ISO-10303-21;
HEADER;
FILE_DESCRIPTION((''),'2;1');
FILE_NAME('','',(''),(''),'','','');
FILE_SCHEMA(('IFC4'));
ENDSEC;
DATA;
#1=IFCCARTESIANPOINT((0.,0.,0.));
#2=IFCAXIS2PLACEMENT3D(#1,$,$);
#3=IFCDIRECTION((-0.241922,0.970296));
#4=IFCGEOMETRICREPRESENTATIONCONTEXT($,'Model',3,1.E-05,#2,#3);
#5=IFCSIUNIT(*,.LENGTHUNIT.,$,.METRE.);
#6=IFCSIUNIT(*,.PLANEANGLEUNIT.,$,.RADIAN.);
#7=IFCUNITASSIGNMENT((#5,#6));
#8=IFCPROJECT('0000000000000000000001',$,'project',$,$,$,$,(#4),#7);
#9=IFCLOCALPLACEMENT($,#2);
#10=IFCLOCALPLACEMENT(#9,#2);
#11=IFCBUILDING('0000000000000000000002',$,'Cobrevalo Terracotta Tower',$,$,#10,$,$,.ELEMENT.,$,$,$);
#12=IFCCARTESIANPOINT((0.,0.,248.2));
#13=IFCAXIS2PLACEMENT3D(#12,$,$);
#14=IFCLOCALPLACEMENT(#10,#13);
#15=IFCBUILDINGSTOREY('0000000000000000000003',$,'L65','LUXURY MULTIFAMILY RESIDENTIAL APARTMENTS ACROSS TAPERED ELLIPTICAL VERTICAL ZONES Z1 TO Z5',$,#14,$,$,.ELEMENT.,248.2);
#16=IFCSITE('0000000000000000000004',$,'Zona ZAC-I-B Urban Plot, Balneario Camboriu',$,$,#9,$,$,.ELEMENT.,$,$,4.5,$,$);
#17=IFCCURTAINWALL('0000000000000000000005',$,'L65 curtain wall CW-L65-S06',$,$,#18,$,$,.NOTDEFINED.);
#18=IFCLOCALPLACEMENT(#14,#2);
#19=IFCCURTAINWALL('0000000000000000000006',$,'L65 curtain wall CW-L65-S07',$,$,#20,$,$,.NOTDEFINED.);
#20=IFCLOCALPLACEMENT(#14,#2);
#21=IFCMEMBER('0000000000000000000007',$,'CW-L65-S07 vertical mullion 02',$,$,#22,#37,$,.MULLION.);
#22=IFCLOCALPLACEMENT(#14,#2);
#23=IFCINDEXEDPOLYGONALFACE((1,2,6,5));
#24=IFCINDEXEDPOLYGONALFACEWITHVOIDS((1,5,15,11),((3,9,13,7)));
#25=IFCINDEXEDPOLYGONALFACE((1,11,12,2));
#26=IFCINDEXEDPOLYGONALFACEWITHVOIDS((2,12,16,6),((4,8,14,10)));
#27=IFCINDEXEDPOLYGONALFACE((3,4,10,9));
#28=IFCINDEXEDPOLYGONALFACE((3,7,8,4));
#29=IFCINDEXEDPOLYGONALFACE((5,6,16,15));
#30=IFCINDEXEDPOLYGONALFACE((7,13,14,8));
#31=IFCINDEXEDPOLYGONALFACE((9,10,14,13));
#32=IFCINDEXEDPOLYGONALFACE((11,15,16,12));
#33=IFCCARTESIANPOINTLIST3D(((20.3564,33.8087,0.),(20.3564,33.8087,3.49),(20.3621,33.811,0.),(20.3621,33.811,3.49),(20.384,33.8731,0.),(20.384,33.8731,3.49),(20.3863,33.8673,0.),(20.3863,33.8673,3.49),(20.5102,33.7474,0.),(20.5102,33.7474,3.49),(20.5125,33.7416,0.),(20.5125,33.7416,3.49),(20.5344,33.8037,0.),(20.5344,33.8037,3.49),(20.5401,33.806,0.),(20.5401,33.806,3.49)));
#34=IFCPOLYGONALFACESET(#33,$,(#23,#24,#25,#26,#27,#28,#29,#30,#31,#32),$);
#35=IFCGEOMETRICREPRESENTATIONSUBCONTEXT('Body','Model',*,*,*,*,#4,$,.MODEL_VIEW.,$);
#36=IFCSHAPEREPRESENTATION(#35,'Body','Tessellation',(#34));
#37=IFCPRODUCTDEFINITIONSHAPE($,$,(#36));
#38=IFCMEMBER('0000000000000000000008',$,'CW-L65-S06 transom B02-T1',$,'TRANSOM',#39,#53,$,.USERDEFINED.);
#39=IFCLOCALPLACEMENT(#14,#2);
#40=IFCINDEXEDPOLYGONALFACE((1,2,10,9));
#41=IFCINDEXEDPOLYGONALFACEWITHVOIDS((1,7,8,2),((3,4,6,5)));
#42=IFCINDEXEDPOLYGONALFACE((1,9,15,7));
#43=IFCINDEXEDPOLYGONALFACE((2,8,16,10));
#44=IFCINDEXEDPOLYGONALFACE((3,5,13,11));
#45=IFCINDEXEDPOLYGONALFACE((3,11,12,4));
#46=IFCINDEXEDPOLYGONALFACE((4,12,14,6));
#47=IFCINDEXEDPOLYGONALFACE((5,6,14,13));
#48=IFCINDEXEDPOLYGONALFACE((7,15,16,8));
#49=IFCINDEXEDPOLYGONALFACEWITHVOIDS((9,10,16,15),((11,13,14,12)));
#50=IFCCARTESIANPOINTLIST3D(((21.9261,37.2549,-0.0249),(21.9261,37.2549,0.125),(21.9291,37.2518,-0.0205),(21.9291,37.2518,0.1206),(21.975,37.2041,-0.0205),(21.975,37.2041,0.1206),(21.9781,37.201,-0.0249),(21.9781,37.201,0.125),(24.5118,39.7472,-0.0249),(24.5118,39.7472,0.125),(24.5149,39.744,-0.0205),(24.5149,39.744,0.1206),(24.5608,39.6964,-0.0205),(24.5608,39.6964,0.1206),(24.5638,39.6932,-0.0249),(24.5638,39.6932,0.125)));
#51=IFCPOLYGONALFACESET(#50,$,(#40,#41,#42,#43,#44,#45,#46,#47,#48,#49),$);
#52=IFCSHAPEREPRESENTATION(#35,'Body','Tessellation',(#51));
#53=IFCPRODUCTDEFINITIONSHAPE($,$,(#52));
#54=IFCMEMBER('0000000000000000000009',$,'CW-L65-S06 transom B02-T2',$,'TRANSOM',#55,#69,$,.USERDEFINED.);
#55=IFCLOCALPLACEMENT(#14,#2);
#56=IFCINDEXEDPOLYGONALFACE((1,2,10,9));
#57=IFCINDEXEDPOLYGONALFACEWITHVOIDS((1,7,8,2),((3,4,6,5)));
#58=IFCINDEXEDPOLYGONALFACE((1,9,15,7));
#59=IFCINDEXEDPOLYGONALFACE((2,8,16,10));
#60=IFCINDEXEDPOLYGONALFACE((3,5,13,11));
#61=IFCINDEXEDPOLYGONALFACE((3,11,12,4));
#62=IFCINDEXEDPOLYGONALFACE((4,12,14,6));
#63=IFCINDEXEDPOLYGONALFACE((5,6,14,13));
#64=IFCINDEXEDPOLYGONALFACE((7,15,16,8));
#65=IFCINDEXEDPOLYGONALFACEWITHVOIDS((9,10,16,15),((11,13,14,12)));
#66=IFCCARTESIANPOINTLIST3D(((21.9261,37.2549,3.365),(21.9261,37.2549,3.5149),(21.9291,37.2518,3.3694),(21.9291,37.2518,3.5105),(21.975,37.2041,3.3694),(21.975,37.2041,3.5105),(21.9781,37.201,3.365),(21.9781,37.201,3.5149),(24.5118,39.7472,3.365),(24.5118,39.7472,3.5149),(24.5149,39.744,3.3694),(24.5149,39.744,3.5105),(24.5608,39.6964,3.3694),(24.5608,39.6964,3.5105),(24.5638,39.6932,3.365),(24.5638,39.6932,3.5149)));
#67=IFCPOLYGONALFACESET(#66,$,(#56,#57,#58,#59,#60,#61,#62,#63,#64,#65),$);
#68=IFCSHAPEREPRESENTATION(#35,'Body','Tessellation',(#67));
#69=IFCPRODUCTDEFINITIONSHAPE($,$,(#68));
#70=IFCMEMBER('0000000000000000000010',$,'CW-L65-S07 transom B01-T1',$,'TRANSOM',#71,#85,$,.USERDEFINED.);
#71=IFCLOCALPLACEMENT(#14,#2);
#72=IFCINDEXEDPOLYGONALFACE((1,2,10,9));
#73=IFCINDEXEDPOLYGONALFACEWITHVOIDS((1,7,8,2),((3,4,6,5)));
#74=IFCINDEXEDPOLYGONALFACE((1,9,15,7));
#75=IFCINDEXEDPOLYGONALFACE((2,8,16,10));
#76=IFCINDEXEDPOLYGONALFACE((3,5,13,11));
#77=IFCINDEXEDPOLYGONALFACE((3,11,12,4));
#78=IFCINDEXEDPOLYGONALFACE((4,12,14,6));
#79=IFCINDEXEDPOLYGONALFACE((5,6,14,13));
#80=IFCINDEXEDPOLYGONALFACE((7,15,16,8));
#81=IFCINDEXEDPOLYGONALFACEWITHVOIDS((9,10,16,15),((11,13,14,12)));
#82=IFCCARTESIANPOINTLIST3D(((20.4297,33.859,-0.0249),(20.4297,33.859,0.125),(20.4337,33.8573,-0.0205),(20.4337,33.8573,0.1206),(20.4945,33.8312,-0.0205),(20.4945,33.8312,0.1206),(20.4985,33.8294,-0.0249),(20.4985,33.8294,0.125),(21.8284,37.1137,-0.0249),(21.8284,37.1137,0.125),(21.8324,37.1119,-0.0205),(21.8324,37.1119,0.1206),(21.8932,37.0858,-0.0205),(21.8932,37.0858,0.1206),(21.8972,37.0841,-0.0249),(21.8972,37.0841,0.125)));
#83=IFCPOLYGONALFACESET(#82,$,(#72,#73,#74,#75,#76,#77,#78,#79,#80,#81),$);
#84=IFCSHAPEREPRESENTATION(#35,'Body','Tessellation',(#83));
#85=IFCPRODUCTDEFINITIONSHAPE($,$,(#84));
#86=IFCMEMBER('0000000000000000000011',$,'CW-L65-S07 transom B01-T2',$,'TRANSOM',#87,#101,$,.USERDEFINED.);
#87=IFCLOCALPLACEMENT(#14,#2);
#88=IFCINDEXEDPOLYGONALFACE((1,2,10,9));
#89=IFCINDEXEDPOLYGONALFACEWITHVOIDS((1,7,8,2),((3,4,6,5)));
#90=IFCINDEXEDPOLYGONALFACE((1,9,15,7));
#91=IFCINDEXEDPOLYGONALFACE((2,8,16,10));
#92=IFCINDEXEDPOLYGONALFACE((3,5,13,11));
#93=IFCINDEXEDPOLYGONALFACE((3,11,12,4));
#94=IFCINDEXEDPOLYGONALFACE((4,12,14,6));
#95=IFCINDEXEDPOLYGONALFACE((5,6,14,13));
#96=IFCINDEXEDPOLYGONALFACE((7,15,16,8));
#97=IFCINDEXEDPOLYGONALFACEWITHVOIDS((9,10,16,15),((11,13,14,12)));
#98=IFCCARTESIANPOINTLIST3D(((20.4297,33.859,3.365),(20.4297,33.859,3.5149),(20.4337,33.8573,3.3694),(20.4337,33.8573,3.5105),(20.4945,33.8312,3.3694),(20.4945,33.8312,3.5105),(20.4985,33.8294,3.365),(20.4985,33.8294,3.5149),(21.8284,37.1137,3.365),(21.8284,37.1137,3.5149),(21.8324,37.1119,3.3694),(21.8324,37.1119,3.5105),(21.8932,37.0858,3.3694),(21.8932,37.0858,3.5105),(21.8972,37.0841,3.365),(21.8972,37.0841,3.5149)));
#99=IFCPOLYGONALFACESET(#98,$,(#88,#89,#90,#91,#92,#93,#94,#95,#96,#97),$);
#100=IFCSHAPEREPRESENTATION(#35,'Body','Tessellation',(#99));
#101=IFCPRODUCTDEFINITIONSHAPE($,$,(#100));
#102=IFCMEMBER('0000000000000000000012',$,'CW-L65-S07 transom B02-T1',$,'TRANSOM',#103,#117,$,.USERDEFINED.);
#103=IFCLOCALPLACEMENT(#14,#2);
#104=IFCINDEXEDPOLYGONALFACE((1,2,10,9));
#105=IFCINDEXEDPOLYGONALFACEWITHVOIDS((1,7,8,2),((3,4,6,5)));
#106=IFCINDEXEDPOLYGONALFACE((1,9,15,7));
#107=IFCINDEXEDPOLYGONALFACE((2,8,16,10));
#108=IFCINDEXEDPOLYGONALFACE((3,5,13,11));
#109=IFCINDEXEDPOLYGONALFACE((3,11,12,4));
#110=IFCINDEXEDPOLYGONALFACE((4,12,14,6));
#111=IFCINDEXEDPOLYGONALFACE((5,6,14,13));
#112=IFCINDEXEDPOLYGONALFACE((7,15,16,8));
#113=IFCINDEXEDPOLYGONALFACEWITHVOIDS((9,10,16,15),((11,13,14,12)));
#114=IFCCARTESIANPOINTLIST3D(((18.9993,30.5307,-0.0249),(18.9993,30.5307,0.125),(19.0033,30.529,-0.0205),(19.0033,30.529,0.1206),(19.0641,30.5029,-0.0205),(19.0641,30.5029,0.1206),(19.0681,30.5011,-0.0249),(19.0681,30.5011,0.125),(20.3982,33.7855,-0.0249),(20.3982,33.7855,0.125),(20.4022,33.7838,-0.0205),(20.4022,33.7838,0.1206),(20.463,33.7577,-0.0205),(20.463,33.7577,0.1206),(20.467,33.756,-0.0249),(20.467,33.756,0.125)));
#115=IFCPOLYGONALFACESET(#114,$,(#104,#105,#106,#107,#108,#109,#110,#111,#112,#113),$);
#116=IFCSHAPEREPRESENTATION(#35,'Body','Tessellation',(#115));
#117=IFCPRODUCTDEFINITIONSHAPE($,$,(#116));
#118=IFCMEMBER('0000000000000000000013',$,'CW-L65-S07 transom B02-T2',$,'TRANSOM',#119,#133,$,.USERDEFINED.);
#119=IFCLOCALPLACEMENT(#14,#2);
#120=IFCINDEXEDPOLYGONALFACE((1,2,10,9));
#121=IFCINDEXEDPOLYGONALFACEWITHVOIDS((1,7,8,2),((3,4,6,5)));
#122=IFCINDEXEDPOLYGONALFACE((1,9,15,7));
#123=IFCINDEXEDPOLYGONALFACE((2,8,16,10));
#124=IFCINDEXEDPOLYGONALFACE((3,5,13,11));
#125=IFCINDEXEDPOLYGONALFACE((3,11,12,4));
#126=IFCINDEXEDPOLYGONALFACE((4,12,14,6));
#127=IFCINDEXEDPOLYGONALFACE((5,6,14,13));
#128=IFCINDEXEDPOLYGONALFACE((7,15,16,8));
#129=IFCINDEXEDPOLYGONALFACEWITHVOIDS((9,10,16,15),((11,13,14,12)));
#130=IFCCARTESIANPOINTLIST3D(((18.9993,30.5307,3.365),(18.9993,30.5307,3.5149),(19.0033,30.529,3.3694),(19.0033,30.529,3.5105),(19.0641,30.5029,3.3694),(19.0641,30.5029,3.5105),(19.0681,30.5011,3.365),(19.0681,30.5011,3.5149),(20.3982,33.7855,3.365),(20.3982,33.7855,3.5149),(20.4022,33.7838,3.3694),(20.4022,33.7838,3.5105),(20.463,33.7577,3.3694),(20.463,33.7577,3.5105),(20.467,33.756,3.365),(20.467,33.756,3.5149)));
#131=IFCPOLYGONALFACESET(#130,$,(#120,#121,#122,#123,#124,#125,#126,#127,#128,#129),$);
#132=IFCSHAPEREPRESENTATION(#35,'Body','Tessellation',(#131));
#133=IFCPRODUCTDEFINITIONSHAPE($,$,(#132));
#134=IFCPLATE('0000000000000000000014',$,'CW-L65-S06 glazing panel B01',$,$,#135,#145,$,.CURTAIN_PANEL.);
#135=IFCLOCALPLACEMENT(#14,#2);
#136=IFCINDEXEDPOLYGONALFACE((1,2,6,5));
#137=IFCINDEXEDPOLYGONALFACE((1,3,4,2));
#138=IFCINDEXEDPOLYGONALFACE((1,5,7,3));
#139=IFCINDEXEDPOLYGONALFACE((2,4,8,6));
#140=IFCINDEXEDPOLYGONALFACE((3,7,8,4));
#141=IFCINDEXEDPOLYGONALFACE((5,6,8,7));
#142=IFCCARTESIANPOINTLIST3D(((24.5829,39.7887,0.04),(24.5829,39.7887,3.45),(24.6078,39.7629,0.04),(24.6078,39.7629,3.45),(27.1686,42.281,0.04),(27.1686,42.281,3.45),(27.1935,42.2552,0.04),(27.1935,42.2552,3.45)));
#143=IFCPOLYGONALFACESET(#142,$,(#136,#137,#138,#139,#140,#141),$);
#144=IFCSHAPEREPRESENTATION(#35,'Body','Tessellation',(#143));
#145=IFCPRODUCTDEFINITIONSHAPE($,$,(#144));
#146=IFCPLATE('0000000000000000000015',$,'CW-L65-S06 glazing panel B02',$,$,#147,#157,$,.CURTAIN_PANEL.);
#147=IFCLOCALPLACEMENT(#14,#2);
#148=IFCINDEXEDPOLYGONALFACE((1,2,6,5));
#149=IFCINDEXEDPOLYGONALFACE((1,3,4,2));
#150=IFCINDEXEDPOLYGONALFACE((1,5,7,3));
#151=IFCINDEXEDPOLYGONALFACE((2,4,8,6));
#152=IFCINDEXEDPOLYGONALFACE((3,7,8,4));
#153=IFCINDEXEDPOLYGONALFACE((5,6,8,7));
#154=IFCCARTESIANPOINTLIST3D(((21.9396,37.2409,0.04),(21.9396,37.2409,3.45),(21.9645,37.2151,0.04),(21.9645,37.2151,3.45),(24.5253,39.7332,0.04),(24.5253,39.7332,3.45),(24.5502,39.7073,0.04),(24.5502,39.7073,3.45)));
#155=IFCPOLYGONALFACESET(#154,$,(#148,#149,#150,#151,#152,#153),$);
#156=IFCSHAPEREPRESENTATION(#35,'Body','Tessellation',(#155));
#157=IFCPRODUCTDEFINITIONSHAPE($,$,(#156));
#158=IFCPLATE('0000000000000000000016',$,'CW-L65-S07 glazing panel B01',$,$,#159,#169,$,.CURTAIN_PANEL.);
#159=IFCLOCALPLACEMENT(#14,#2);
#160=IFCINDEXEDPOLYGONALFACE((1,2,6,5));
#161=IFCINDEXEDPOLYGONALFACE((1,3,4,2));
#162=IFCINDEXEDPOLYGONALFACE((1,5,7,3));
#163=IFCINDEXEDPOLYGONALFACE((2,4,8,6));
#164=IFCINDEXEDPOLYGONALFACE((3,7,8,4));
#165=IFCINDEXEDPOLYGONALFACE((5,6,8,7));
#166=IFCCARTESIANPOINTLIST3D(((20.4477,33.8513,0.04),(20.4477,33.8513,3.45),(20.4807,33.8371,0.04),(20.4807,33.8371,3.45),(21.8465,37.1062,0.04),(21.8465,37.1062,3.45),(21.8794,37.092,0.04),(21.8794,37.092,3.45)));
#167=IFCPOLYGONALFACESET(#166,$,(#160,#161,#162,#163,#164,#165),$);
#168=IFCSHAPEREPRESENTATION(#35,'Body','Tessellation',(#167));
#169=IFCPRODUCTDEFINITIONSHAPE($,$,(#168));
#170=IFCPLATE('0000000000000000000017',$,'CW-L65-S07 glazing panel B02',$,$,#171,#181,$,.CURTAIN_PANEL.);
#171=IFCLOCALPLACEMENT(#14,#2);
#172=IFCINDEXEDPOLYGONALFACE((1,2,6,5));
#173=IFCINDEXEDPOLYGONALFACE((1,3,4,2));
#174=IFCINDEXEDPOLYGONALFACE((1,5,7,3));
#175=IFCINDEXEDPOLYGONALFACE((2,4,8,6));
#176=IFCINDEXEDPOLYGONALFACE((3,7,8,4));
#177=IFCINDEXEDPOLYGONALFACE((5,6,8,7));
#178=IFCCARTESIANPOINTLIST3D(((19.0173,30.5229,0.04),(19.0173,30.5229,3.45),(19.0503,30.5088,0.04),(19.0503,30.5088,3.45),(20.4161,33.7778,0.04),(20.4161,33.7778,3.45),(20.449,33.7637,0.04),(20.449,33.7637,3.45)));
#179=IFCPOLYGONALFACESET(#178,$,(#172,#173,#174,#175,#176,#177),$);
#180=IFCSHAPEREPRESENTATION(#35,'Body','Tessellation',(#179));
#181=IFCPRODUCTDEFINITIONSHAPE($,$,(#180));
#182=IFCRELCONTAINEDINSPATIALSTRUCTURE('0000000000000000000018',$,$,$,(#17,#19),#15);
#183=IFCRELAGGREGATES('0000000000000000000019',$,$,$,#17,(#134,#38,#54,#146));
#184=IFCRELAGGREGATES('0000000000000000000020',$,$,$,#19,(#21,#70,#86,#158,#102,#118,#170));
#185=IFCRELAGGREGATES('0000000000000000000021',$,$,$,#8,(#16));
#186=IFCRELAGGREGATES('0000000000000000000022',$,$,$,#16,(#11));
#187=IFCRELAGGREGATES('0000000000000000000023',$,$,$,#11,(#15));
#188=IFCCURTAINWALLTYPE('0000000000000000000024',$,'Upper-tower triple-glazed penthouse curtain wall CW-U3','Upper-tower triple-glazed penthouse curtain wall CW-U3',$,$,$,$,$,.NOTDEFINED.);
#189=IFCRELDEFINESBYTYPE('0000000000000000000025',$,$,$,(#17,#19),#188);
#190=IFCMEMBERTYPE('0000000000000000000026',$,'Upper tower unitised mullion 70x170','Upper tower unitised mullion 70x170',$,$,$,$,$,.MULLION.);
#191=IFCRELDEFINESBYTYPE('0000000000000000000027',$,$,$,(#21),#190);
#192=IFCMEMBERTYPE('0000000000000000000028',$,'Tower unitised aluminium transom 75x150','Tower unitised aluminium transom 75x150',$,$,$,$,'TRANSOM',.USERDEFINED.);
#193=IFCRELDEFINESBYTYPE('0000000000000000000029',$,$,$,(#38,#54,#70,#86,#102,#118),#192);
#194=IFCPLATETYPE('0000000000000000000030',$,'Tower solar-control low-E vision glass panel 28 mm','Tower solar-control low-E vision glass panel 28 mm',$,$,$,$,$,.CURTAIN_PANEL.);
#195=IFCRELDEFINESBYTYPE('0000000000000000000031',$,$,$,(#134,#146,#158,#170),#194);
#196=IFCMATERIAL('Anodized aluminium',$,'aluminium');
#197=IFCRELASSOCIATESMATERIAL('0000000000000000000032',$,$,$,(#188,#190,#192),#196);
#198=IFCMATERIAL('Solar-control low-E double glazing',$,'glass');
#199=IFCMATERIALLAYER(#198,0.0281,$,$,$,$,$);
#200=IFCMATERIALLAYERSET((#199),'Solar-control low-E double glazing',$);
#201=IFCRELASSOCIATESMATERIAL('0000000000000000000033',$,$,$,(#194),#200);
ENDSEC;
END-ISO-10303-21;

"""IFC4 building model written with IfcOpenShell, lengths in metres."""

from ifc_helpers import new_model, si_unit, direction, frame, origin, origin_2d, place, context, subcontext, project, spatial, rectangle, hollow_rectangle, extrude, source, transform, mapped, material, layer, layer_set, material_profile, profile_set, type_object, element, aggregate, save


model = new_model("IFC4")

# Units and contexts
model_context = context("Model", 3, precision=1e-05, world=origin(), true_north=direction((-0.241922, 0.970296)))
body_context = subcontext(model_context, "Body", "Model", "MODEL_VIEW")
ifc_project = project(units=[si_unit("LENGTHUNIT", "METRE"), si_unit("PLANEANGLEUNIT", "RADIAN")], contexts=[model_context])

# Site, building, storey
site_placement = place(None, origin())
site = spatial("IfcSite", under=ifc_project, at=site_placement, Name="Zona ZAC-I-B Urban Plot, Balneario Camboriu", CompositionType="ELEMENT", RefElevation=4.5)
building_placement = place(site_placement, origin())
building = spatial("IfcBuilding", under=site, at=building_placement, Name="Cobrevalo Terracotta Tower", CompositionType="ELEMENT")
storey_placement = place(building_placement, frame((0.0, 0.0, 248.2)))
storey = spatial("IfcBuildingStorey", under=building, at=storey_placement, Name="L65", Description="LUXURY MULTIFAMILY RESIDENTIAL APARTMENTS ACROSS TAPERED ELLIPTICAL VERTICAL ZONES Z1 TO Z5", CompositionType="ELEMENT", Elevation=248.2)

# Curtain walls, member
ifc_material_1 = material(Name="Anodized aluminium", Category="aluminium")
curtain_wall_type = type_object("IfcCurtainWallType", Name="Upper-tower triple-glazed penthouse curtain wall CW-U3", Description="Upper-tower triple-glazed penthouse curtain wall CW-U3", PredefinedType="NOTDEFINED", material=ifc_material_1)
curtain_wall_1_placement = place(storey_placement, origin())
curtain_wall_1 = element("IfcCurtainWall", 1, at=curtain_wall_1_placement, inside=storey, type_object=curtain_wall_type, Name="L65 curtain wall CW-L65-S06", PredefinedType="NOTDEFINED")
ifc_material_profile_1 = material_profile(ifc_material_1, hollow_rectangle(XDim=0.0701, YDim=0.1699, WallThickness=0.0044, at=origin_2d()), Name="CWM 70x170")
ifc_profile_set_1 = profile_set([ifc_material_profile_1], Name="Anodized aluminium")
member_type_1 = type_object("IfcMemberType", Name="Upper tower unitised mullion 70x170", Description="Upper tower unitised mullion 70x170", PredefinedType="MULLION", material=ifc_profile_set_1)
shared_shape_1 = source(origin(), body_context, "Body", "SweptSolid", [
    extrude(hollow_rectangle(XDim=0.0701, YDim=0.1699, WallThickness=0.0044, at=origin_2d()), origin(), (0.0, 0.0, 1.0), 3.49),
])
curtain_wall_2_placement = place(storey_placement, origin())
curtain_wall_2 = element("IfcCurtainWall", 2, at=curtain_wall_2_placement, inside=storey, type_object=curtain_wall_type, Name="L65 curtain wall CW-L65-S07", PredefinedType="NOTDEFINED")
member_1_placement = place(storey_placement, frame((20.4482, 33.8074, 0.0), z_axis=(0.0, 0.0, 1.0), x_axis=(-0.394824, -0.918757, 0.0)))
member_1 = element("IfcMember", 3, at=member_1_placement, type_object=member_type_1, Name="CW-L65-S07 vertical mullion 02", PredefinedType="MULLION", context=body_context, shape_type="MappedRepresentation", body=[
    mapped(shared_shape_1, transform((0.0, 0.0, 0.0), scale=1.0)),
])

# Members
ifc_material_profile_2 = material_profile(ifc_material_1, hollow_rectangle(XDim=0.075, YDim=0.1499, WallThickness=0.0044, at=origin_2d()), Name="CWT 75x150")
ifc_profile_set_2 = profile_set([ifc_material_profile_2], Name="Anodized aluminium")
member_type_2 = type_object("IfcMemberType", Name="Tower unitised aluminium transom 75x150", Description="Tower unitised aluminium transom 75x150", ElementType="TRANSOM", PredefinedType="USERDEFINED", material=ifc_profile_set_2)
shared_shape_2 = source(origin(), body_context, "Body", "SweptSolid", [
    extrude(hollow_rectangle(XDim=0.075, YDim=0.1499, WallThickness=0.0044, at=origin_2d()), origin(), (0.0, 0.0, 1.0), 3.5913),
])
member_2_placement = place(storey_placement, frame((24.5378, 39.7202, 0.05), z_axis=(-0.720006, -0.693968, 0.0), x_axis=(0.693968, -0.720006, 0.0)))
member_2 = element("IfcMember", 4, at=member_2_placement, type_object=member_type_2, Name="CW-L65-S06 transom B02-T1", ObjectType="TRANSOM", PredefinedType="USERDEFINED", context=body_context, shape_type="MappedRepresentation", body=[
    mapped(shared_shape_2, transform((0.0, 0.0, 0.0), scale=1.0)),
])
member_3_placement = place(storey_placement, frame((24.5378, 39.7202, 3.4399), z_axis=(-0.720006, -0.693968, 0.0), x_axis=(0.693968, -0.720006, 0.0)))
member_3 = element("IfcMember", 5, at=member_3_placement, type_object=member_type_2, Name="CW-L65-S06 transom B02-T2", ObjectType="TRANSOM", PredefinedType="USERDEFINED", context=body_context, shape_type="MappedRepresentation", body=[
    mapped(shared_shape_2, transform((0.0, 0.0, 0.0), scale=1.0)),
])
shared_shape_3 = source(origin(), body_context, "Body", "SweptSolid", [
    extrude(hollow_rectangle(XDim=0.075, YDim=0.1499, WallThickness=0.0044, at=origin_2d()), origin(), (0.0, 0.0, 1.0), 3.5425),
])
member_4_placement = place(storey_placement, frame((21.8628, 37.0989, 0.05), z_axis=(-0.394834, -0.918752, 0.0), x_axis=(0.918752, -0.394834, 0.0)))
member_4 = element("IfcMember", 6, at=member_4_placement, type_object=member_type_2, Name="CW-L65-S07 transom B01-T1", ObjectType="TRANSOM", PredefinedType="USERDEFINED", context=body_context, shape_type="MappedRepresentation", body=[
    mapped(shared_shape_3, transform((0.0, 0.0, 0.0), scale=1.0)),
])
member_5_placement = place(storey_placement, frame((21.8628, 37.0989, 3.4399), z_axis=(-0.394834, -0.918752, 0.0), x_axis=(0.918752, -0.394834, 0.0)))
member_5 = element("IfcMember", 7, at=member_5_placement, type_object=member_type_2, Name="CW-L65-S07 transom B01-T2", ObjectType="TRANSOM", PredefinedType="USERDEFINED", context=body_context, shape_type="MappedRepresentation", body=[
    mapped(shared_shape_3, transform((0.0, 0.0, 0.0), scale=1.0)),
])
shared_shape_4 = source(origin(), body_context, "Body", "SweptSolid", [
    extrude(hollow_rectangle(XDim=0.075, YDim=0.1499, WallThickness=0.0044, at=origin_2d()), origin(), (0.0, 0.0, 1.0), 3.5427),
])
member_6_placement = place(storey_placement, frame((20.4326, 33.7708, 0.05), z_axis=(-0.394867, -0.918738, 0.0), x_axis=(0.918738, -0.394867, 0.0)))
member_6 = element("IfcMember", 8, at=member_6_placement, type_object=member_type_2, Name="CW-L65-S07 transom B02-T1", ObjectType="TRANSOM", PredefinedType="USERDEFINED", context=body_context, shape_type="MappedRepresentation", body=[
    mapped(shared_shape_4, transform((0.0, 0.0, 0.0), scale=1.0)),
])
member_7_placement = place(storey_placement, frame((20.4326, 33.7708, 3.4399), z_axis=(-0.394867, -0.918738, 0.0), x_axis=(0.918738, -0.394867, 0.0)))
member_7 = element("IfcMember", 9, at=member_7_placement, type_object=member_type_2, Name="CW-L65-S07 transom B02-T2", ObjectType="TRANSOM", PredefinedType="USERDEFINED", context=body_context, shape_type="MappedRepresentation", body=[
    mapped(shared_shape_4, transform((0.0, 0.0, 0.0), scale=1.0)),
])

# Plates
ifc_material_2 = material(Name="Solar-control low-E double glazing", Category="glass")
ifc_layer_1 = layer(ifc_material_2, 0.0281)
ifc_layer_set_1 = layer_set([ifc_layer_1], Name="Solar-control low-E double glazing")
plate_type = type_object("IfcPlateType", Name="Tower solar-control low-E vision glass panel 28 mm", Description="Tower solar-control low-E vision glass panel 28 mm", PredefinedType="CURTAIN_PANEL", material=ifc_layer_set_1)
shared_shape_5 = source(origin(), body_context, "Body", "SweptSolid", [
    extrude(rectangle(XDim=3.5913, YDim=0.0359, at=origin_2d()), origin(), (0.0, 0.0, 1.0), 3.4099),
])
plate_1_placement = place(storey_placement, frame((25.8882, 41.022, 0.04), z_axis=(0.0, 0.0, 1.0), x_axis=(-0.719997, -0.693978, 0.0)))
plate_1 = element("IfcPlate", 10, at=plate_1_placement, type_object=plate_type, Name="CW-L65-S06 glazing panel B01", PredefinedType="CURTAIN_PANEL", context=body_context, shape_type="MappedRepresentation", body=[
    mapped(shared_shape_5, transform((0.0, 0.0, 0.0), scale=1.0)),
])
plate_2_placement = place(storey_placement, frame((23.2449, 38.4741, 0.04), z_axis=(0.0, 0.0, 1.0), x_axis=(-0.719997, -0.693978, 0.0)))
plate_2 = element("IfcPlate", 11, at=plate_2_placement, type_object=plate_type, Name="CW-L65-S06 glazing panel B02", PredefinedType="CURTAIN_PANEL", context=body_context, shape_type="MappedRepresentation", body=[
    mapped(shared_shape_5, transform((0.0, 0.0, 0.0), scale=1.0)),
])
aggregate(curtain_wall_1, [plate_1, member_2, member_3, plate_2])
shared_shape_6 = source(origin(), body_context, "Body", "SweptSolid", [
    extrude(rectangle(XDim=3.5427, YDim=0.0359, at=origin_2d()), origin(), (0.0, 0.0, 1.0), 3.4099),
])
plate_3_placement = place(storey_placement, frame((21.1636, 35.4717, 0.04), z_axis=(0.0, 0.0, 1.0), x_axis=(-0.394829, -0.918755, 0.0)))
plate_3 = element("IfcPlate", 12, at=plate_3_placement, type_object=plate_type, Name="CW-L65-S07 glazing panel B01", PredefinedType="CURTAIN_PANEL", context=body_context, shape_type="MappedRepresentation", body=[
    mapped(shared_shape_6, transform((0.0, 0.0, 0.0), scale=1.0)),
])
plate_4_placement = place(storey_placement, frame((19.7332, 32.1433, 0.04), z_axis=(0.0, 0.0, 1.0), x_axis=(-0.394829, -0.918755, 0.0)))
plate_4 = element("IfcPlate", 13, at=plate_4_placement, type_object=plate_type, Name="CW-L65-S07 glazing panel B02", PredefinedType="CURTAIN_PANEL", context=body_context, shape_type="MappedRepresentation", body=[
    mapped(shared_shape_6, transform((0.0, 0.0, 0.0), scale=1.0)),
])
aggregate(curtain_wall_2, [member_1, member_4, member_5, plate_3, member_6, member_7, plate_4])

save(model, "model.ifc")
